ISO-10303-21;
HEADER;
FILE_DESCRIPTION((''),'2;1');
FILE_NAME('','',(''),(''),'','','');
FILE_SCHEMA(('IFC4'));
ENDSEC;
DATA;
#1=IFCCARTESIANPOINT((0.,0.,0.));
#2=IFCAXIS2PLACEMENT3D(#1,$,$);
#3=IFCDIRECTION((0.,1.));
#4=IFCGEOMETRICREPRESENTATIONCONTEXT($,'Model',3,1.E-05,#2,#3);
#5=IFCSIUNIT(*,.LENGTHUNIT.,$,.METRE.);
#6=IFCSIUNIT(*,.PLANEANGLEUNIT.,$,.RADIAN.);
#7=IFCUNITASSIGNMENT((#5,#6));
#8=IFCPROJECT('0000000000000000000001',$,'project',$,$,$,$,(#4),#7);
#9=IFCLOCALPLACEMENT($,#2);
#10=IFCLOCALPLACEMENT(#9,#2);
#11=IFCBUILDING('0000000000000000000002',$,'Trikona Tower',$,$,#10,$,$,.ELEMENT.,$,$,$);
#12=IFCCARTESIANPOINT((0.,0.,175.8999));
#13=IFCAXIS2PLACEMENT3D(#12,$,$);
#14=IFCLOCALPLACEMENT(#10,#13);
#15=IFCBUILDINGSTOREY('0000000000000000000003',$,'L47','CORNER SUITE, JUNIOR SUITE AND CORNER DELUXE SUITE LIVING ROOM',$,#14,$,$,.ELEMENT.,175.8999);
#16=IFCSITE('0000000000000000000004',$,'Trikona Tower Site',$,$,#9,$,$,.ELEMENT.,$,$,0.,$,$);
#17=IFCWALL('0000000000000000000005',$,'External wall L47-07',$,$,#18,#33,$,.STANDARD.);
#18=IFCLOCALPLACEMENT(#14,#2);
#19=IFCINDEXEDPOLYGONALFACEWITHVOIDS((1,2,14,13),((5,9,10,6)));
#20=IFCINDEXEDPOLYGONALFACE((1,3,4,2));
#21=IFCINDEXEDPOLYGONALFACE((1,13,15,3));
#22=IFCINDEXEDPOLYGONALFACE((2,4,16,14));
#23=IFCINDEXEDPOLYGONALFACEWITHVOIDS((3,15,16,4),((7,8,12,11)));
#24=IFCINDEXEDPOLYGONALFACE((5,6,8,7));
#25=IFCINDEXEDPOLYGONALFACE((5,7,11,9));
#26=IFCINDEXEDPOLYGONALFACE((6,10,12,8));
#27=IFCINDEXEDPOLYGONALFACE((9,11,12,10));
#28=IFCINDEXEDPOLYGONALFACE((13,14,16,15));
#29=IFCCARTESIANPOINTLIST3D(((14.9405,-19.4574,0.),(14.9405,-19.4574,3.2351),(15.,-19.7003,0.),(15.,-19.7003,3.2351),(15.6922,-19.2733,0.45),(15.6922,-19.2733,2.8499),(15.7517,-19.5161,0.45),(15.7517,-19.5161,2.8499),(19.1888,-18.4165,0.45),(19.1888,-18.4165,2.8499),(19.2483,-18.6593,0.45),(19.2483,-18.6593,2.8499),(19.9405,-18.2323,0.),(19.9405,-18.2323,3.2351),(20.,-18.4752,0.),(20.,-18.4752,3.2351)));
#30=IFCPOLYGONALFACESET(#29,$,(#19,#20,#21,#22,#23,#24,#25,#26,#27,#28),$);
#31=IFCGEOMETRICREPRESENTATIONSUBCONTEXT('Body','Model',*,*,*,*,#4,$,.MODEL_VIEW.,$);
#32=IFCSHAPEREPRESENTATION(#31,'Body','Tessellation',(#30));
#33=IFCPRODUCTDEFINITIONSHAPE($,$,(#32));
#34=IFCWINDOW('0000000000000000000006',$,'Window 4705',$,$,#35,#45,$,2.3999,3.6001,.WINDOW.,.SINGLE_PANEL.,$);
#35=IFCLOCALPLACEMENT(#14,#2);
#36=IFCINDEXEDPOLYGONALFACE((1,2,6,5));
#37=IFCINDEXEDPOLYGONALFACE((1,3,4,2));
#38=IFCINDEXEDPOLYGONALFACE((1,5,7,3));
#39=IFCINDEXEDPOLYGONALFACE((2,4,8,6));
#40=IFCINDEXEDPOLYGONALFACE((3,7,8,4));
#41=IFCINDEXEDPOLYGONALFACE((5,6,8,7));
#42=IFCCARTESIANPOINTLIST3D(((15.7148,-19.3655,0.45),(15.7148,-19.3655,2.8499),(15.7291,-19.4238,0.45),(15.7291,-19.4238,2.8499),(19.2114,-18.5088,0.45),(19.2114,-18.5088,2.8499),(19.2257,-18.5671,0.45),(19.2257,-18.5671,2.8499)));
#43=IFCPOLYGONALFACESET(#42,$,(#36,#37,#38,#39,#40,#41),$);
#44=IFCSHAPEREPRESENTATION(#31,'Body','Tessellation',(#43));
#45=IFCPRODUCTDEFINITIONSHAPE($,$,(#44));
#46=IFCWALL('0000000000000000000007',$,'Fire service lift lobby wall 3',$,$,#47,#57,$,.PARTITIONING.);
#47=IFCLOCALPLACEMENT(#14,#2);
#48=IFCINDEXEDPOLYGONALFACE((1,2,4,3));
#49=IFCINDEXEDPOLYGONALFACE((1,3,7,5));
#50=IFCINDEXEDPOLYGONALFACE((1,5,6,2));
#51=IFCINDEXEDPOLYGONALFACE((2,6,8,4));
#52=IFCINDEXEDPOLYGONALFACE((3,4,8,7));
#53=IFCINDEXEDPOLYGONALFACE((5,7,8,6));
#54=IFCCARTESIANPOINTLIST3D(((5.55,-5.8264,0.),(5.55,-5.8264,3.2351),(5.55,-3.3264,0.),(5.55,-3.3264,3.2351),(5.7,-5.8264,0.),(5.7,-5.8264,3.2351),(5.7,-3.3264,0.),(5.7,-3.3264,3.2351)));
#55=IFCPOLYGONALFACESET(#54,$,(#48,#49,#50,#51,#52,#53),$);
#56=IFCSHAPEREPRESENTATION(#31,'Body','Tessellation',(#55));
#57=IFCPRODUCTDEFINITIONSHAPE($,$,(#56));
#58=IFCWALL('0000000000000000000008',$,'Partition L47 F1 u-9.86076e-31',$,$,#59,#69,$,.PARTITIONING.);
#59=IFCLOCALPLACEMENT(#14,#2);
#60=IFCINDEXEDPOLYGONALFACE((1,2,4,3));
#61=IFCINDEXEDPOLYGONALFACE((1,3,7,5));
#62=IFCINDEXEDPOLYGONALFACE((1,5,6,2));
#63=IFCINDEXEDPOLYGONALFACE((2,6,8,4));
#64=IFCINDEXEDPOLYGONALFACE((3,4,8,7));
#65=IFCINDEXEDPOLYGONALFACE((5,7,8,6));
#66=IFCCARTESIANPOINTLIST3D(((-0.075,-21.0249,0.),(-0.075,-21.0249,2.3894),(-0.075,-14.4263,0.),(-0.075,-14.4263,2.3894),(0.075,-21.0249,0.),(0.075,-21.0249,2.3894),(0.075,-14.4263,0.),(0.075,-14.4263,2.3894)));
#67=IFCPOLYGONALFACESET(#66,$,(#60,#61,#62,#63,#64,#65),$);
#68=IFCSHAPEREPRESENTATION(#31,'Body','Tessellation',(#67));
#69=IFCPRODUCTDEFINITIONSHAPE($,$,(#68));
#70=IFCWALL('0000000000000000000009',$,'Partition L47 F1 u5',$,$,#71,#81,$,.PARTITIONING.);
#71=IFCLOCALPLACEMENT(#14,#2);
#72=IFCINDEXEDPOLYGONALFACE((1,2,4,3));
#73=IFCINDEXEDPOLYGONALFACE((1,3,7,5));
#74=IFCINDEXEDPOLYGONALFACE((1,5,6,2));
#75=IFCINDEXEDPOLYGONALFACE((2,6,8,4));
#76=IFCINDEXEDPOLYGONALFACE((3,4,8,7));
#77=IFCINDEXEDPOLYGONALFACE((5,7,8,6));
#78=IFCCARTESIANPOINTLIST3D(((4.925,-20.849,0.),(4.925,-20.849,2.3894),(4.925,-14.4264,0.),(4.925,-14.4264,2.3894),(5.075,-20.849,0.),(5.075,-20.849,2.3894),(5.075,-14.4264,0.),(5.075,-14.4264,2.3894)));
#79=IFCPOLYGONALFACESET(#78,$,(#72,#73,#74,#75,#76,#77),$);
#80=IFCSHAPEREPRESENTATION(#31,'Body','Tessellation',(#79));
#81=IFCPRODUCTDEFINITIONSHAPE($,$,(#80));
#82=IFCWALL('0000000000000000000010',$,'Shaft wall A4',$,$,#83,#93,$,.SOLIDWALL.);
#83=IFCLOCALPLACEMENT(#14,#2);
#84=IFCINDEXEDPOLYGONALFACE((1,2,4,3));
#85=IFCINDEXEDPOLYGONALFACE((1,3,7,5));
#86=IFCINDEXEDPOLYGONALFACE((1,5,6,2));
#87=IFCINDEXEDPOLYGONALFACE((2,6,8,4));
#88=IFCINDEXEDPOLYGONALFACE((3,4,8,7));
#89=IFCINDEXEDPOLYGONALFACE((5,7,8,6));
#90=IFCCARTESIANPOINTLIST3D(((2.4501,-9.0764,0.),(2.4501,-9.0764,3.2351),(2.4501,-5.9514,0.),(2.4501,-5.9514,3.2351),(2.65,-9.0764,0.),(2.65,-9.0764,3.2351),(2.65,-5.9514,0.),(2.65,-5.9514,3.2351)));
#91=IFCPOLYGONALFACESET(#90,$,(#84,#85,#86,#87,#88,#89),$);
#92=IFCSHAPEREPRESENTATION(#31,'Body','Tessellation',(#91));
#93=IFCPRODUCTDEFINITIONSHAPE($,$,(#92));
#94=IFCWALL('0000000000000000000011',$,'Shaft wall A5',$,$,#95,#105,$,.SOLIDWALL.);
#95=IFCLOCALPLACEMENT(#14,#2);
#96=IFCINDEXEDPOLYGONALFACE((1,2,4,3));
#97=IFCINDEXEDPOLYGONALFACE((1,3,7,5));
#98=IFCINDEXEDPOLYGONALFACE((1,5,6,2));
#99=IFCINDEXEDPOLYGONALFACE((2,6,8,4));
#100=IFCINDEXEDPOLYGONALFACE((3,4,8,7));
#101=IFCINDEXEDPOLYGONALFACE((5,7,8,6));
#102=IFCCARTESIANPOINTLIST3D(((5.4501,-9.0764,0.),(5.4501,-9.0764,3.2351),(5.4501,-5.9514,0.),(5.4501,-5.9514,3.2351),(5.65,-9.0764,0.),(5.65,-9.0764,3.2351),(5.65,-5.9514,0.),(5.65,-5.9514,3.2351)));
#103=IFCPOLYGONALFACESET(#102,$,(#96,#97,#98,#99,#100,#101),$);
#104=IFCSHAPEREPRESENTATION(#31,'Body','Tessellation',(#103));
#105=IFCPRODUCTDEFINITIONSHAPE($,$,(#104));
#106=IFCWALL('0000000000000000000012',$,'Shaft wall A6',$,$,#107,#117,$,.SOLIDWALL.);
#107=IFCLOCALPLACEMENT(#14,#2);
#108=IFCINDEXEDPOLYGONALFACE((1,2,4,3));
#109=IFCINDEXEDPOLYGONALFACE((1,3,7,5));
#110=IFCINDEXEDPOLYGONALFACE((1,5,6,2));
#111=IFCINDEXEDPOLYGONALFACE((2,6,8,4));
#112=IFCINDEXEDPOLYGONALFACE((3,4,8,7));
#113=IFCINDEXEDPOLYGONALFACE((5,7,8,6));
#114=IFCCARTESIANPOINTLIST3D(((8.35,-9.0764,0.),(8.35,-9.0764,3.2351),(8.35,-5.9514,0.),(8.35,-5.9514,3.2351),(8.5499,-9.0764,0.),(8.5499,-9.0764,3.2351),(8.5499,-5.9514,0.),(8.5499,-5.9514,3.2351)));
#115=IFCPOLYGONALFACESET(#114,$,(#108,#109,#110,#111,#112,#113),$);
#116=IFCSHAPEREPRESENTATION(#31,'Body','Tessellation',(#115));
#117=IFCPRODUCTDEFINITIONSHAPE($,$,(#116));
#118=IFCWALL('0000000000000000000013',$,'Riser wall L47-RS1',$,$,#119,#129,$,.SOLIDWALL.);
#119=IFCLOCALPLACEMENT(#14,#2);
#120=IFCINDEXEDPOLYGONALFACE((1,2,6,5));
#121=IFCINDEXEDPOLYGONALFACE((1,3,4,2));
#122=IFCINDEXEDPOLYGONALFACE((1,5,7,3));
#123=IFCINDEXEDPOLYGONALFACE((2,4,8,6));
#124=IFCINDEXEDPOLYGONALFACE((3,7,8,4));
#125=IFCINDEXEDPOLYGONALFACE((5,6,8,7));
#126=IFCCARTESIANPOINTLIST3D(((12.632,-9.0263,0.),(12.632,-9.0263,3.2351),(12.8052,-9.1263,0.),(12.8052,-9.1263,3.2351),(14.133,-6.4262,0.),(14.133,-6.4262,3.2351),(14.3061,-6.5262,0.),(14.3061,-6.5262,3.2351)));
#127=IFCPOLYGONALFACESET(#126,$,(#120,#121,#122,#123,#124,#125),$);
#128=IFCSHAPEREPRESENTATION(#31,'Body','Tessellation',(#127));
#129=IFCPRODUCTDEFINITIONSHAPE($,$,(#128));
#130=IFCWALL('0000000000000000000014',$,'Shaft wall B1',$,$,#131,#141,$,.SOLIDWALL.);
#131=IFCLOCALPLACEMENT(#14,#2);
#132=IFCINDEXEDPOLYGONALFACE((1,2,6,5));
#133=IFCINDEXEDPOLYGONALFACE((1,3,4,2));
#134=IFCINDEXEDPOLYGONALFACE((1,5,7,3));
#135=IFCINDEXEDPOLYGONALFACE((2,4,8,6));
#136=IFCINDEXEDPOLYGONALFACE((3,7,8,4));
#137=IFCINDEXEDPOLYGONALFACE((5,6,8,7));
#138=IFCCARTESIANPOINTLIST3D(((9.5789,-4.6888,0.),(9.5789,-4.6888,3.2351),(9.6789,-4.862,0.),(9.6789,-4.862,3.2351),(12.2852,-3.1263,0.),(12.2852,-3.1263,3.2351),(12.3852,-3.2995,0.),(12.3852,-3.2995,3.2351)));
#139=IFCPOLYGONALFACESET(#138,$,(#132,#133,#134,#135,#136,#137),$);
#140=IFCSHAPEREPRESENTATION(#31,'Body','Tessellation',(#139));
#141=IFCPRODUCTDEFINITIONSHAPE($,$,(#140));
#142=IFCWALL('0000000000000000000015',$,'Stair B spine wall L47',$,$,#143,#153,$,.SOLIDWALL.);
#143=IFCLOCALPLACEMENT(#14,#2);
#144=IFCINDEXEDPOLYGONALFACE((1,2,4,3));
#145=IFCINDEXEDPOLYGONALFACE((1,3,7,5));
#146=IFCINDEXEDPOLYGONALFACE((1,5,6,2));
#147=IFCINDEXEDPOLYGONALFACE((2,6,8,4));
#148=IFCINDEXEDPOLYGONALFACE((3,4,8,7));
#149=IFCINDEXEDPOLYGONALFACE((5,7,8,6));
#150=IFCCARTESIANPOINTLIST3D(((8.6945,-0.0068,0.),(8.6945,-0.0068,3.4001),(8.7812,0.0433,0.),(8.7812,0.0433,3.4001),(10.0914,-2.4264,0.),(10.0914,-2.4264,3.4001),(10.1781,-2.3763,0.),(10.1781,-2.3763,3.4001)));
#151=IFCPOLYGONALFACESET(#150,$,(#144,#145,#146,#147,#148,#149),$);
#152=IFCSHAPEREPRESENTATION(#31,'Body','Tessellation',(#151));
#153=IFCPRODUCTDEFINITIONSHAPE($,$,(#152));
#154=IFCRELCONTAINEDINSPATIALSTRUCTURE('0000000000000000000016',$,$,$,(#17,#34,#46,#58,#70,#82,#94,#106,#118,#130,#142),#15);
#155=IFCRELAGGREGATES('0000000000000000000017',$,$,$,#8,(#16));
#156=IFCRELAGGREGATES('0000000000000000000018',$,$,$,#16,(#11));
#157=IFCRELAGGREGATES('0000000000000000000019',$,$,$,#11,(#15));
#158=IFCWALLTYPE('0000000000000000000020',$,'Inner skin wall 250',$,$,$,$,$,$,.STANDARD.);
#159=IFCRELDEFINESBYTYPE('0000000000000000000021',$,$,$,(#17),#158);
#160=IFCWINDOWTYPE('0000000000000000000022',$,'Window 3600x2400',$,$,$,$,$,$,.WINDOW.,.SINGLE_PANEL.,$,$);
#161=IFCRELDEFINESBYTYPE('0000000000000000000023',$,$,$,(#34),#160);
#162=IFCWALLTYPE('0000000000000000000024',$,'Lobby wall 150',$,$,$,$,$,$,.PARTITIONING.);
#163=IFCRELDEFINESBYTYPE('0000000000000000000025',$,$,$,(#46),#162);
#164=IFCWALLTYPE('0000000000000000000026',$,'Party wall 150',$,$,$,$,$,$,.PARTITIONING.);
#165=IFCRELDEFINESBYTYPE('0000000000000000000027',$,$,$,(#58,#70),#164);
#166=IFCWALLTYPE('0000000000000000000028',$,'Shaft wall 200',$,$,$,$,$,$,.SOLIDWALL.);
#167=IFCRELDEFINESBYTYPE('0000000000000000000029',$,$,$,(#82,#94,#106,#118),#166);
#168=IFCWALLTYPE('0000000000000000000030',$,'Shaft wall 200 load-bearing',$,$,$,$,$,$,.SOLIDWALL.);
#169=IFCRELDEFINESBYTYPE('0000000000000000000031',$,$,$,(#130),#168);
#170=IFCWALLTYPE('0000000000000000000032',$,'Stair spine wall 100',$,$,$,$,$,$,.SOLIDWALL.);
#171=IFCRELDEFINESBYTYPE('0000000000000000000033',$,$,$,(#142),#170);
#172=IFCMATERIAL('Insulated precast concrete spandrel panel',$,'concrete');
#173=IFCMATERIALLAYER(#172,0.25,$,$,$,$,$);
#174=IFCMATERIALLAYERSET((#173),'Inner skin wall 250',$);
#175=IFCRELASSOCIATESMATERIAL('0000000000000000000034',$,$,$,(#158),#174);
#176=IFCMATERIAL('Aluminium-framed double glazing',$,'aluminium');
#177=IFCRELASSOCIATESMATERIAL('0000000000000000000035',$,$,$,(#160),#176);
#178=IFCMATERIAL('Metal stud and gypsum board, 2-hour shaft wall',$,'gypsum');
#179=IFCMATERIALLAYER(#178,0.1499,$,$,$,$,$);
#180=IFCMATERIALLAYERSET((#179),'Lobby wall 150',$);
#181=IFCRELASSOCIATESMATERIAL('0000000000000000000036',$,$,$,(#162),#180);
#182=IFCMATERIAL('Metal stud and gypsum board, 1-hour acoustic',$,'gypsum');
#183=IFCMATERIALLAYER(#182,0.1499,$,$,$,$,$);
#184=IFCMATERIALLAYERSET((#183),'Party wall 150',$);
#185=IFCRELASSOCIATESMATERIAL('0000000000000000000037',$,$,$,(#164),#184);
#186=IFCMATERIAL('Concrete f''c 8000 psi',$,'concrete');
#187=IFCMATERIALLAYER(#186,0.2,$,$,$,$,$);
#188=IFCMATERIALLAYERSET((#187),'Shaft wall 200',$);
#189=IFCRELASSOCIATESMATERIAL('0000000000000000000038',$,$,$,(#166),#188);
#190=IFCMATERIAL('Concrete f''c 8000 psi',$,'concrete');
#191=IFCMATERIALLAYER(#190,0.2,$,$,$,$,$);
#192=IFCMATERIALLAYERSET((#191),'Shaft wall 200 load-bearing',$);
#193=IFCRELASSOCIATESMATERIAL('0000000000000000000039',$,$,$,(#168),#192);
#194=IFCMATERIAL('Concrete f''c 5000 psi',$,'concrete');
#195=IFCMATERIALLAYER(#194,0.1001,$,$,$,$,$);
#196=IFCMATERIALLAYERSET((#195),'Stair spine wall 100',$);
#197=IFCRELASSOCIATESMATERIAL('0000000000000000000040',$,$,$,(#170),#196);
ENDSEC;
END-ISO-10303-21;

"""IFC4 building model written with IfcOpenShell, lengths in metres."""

from ifc_helpers import new_model, si_unit, direction, frame, frame_2d, origin, place, context, subcontext, project, spatial, rectangle, extrude, material, layer, layer_set, type_object, element, fill, save


model = new_model("IFC4")

# Units and contexts
model_context = context("Model", 3, precision=1e-05, world=origin(), true_north=direction((0.0, 1.0)))
body_context = subcontext(model_context, "Body", "Model", "MODEL_VIEW")
ifc_project = project(units=[si_unit("LENGTHUNIT", "METRE"), si_unit("PLANEANGLEUNIT", "RADIAN")], contexts=[model_context])

# Site, building, storey
site_placement = place(None, origin())
site = spatial("IfcSite", under=ifc_project, at=site_placement, Name="Trikona Tower Site", CompositionType="ELEMENT", RefElevation=0.0)
building_placement = place(site_placement, origin())
building = spatial("IfcBuilding", under=site, at=building_placement, Name="Trikona Tower", CompositionType="ELEMENT")
storey_placement = place(building_placement, frame((0.0, 0.0, 175.8999)))
storey = spatial("IfcBuildingStorey", under=building, at=storey_placement, Name="L47", Description="CORNER SUITE, JUNIOR SUITE AND CORNER DELUXE SUITE LIVING ROOM", CompositionType="ELEMENT", Elevation=175.8999)

# Wall, opening, window
ifc_material_1 = material(Name="Insulated precast concrete spandrel panel", Category="concrete")
ifc_layer_1 = layer(ifc_material_1, 0.25)
ifc_layer_set_1 = layer_set([ifc_layer_1], Name="Inner skin wall 250")
wall_type_1 = type_object("IfcWallType", Name="Inner skin wall 250", PredefinedType="STANDARD", material=ifc_layer_set_1)
wall_1_placement = place(storey_placement, frame((14.9702, -19.5789, 0.0), z_axis=(0.0, 0.0, 1.0), x_axis=(0.97127, 0.23798, 0.0)))
wall_1 = element("IfcWall", 1, at=wall_1_placement, inside=storey, type_object=wall_type_1, Name="External wall L47-07", PredefinedType="STANDARD", context=body_context, shape_type="SweptSolid", body=[
    extrude(rectangle(XDim=5.1479, YDim=0.25, at=frame_2d((2.574, 0.0))), origin(), (0.0, 0.0, 1.0), 3.2351),
])
opening_1_placement = place(wall_1_placement, frame((0.7739, 0.0, 0.45)))
opening_1 = element("IfcOpeningElement", 2, at=opening_1_placement, cuts=wall_1, PredefinedType="OPENING", context=body_context, shape_type="SweptSolid", body=[
    extrude(rectangle(XDim=3.6001, YDim=2.3999, at=frame_2d((1.8, 1.2))), frame((0.0, 0.135, 0.0), z_axis=(0.0, -1.0, 0.0), x_axis=(1.0, 0.0, 0.0)), (0.0, 0.0, 1.0), 0.27),
])
ifc_material_2 = material(Name="Aluminium-framed double glazing", Category="aluminium")
window_type = type_object("IfcWindowType", Name="Window 3600x2400", PartitioningType="SINGLE_PANEL", PredefinedType="WINDOW", material=ifc_material_2)
window_placement = place(opening_1_placement, origin())
window = element("IfcWindow", 3, at=window_placement, inside=storey, type_object=window_type, Name="Window 4705", OverallHeight=2.3999, OverallWidth=3.6001, PartitioningType="SINGLE_PANEL", PredefinedType="WINDOW", context=body_context, shape_type="SweptSolid", body=[
    extrude(rectangle(XDim=3.6001, YDim=2.3999, at=frame_2d((1.8, 1.2))), frame((0.0, 0.03, 0.0), z_axis=(0.0, -1.0, 0.0), x_axis=(1.0, 0.0, 0.0)), (0.0, 0.0, 1.0), 0.0601),
])
fill(opening_1, window)

# Walls
ifc_material_3 = material(Name="Metal stud and gypsum board, 2-hour shaft wall", Category="gypsum")
ifc_layer_2 = layer(ifc_material_3, 0.1499)
ifc_layer_set_2 = layer_set([ifc_layer_2], Name="Lobby wall 150")
wall_type_2 = type_object("IfcWallType", Name="Lobby wall 150", PredefinedType="PARTITIONING", material=ifc_layer_set_2)
wall_2_placement = place(storey_placement, frame((5.625, -5.8264, 0.0), z_axis=(0.0, 0.0, 1.0), x_axis=(0.0, 1.0, 0.0)))
element("IfcWall", 4, at=wall_2_placement, inside=storey, type_object=wall_type_2, Name="Fire service lift lobby wall 3", PredefinedType="PARTITIONING", context=body_context, shape_type="SweptSolid", body=[
    extrude(rectangle(XDim=2.5, YDim=0.1499, at=frame_2d((1.25, 0.0))), origin(), (0.0, 0.0, 1.0), 3.2351),
])
ifc_material_4 = material(Name="Metal stud and gypsum board, 1-hour acoustic", Category="gypsum")
ifc_layer_3 = layer(ifc_material_4, 0.1499)
ifc_layer_set_3 = layer_set([ifc_layer_3], Name="Party wall 150")
wall_type_3 = type_object("IfcWallType", Name="Party wall 150", PredefinedType="PARTITIONING", material=ifc_layer_set_3)
wall_3_placement = place(storey_placement, frame((0.0, -14.4263, 0.0), z_axis=(0.0, 0.0, 1.0), x_axis=(0.0, -1.0, 0.0)))
element("IfcWall", 5, at=wall_3_placement, inside=storey, type_object=wall_type_3, Name="Partition L47 F1 u-9.86076e-31", PredefinedType="PARTITIONING", context=body_context, shape_type="SweptSolid", body=[
    extrude(rectangle(XDim=6.5986, YDim=0.1499, at=frame_2d((3.2993, 0.0))), origin(), (0.0, 0.0, 1.0), 2.3894),
])
wall_4_placement = place(storey_placement, frame((5.0, -14.4263, 0.0), z_axis=(0.0, 0.0, 1.0), x_axis=(0.0, -1.0, 0.0)))
element("IfcWall", 6, at=wall_4_placement, inside=storey, type_object=wall_type_3, Name="Partition L47 F1 u5", PredefinedType="PARTITIONING", context=body_context, shape_type="SweptSolid", body=[
    extrude(rectangle(XDim=6.4226, YDim=0.1499, at=frame_2d((3.2114, 0.0))), origin(), (0.0, 0.0, 1.0), 2.3894),
])
ifc_material_5 = material(Name="Concrete f'c 8000 psi", Category="concrete")
ifc_layer_4 = layer(ifc_material_5, 0.2)
ifc_layer_set_4 = layer_set([ifc_layer_4], Name="Shaft wall 200")
wall_type_4 = type_object("IfcWallType", Name="Shaft wall 200", PredefinedType="SOLIDWALL", material=ifc_layer_set_4)
for number, where, z_axis, x_axis, name in (
    (7, (2.55, -5.9514, 0.0), (0.0, 0.0, 1.0), (0.0, -1.0, 0.0), "Shaft wall A4"),
    (8, (5.55, -5.9514, 0.0), (0.0, 0.0, 1.0), (0.0, -1.0, 0.0), "Shaft wall A5"),
    (9, (8.45, -5.9514, 0.0), (0.0, 0.0, 1.0), (0.0, -1.0, 0.0), "Shaft wall A6"),
):
    element("IfcWall", number, at=place(storey_placement, frame(where, z_axis=z_axis, x_axis=x_axis)), inside=storey, type_object=wall_type_4, Name=name, PredefinedType="SOLIDWALL", context=body_context, shape_type="SweptSolid", body=[
        extrude(rectangle(XDim=3.125, YDim=0.2, at=frame_2d((1.5625, 0.0))), origin(), (0.0, 0.0, 1.0), 3.2351),
    ])
wall_5_placement = place(storey_placement, frame((14.2195, -6.4763, 0.0), z_axis=(0.0, 0.0, 1.0), x_axis=(-0.499952, -0.866053, 0.0)))
element("IfcWall", 10, at=wall_5_placement, inside=storey, type_object=wall_type_4, Name="Riser wall L47-RS1", PredefinedType="SOLIDWALL", context=body_context, shape_type="SweptSolid", body=[
    extrude(rectangle(XDim=3.0022, YDim=0.2, at=frame_2d((1.501, 0.0))), origin(), (0.0, 0.0, 1.0), 3.2351),
])
ifc_material_6 = material(Name="Concrete f'c 8000 psi", Category="concrete")
ifc_layer_5 = layer(ifc_material_6, 0.2)
ifc_layer_set_5 = layer_set([ifc_layer_5], Name="Shaft wall 200 load-bearing")
wall_type_5 = type_object("IfcWallType", Name="Shaft wall 200 load-bearing", PredefinedType="SOLIDWALL", material=ifc_layer_set_5)
wall_6_placement = place(storey_placement, frame((9.6289, -4.7754, 0.0), z_axis=(0.0, 0.0, 1.0), x_axis=(0.866023, 0.500004, 0.0)))
element("IfcWall", 11, at=wall_6_placement, inside=storey, type_object=wall_type_5, Name="Shaft wall B1", PredefinedType="SOLIDWALL", context=body_context, shape_type="SweptSolid", body=[
    extrude(rectangle(XDim=3.125, YDim=0.2, at=frame_2d((1.5625, 0.0))), origin(), (0.0, 0.0, 1.0), 3.2351),
])
ifc_material_7 = material(Name="Concrete f'c 5000 psi", Category="concrete")
ifc_layer_6 = layer(ifc_material_7, 0.1001)
ifc_layer_set_6 = layer_set([ifc_layer_6], Name="Stair spine wall 100")
wall_type_6 = type_object("IfcWallType", Name="Stair spine wall 100", PredefinedType="SOLIDWALL", material=ifc_layer_set_6)
wall_7_placement = place(storey_placement, frame((10.1348, -2.4014, 0.0), z_axis=(0.0, 0.0, 1.0), x_axis=(-0.499992, 0.86603, 0.0)))
element("IfcWall", 12, at=wall_7_placement, inside=storey, type_object=wall_type_6, Name="Stair B spine wall L47", PredefinedType="SOLIDWALL", context=body_context, shape_type="SweptSolid", body=[
    extrude(rectangle(XDim=2.7939, YDim=0.1001, at=frame_2d((1.397, 0.0))), origin(), (0.0, 0.0, 1.0), 3.4001),
])

save(model, "model.ifc")
